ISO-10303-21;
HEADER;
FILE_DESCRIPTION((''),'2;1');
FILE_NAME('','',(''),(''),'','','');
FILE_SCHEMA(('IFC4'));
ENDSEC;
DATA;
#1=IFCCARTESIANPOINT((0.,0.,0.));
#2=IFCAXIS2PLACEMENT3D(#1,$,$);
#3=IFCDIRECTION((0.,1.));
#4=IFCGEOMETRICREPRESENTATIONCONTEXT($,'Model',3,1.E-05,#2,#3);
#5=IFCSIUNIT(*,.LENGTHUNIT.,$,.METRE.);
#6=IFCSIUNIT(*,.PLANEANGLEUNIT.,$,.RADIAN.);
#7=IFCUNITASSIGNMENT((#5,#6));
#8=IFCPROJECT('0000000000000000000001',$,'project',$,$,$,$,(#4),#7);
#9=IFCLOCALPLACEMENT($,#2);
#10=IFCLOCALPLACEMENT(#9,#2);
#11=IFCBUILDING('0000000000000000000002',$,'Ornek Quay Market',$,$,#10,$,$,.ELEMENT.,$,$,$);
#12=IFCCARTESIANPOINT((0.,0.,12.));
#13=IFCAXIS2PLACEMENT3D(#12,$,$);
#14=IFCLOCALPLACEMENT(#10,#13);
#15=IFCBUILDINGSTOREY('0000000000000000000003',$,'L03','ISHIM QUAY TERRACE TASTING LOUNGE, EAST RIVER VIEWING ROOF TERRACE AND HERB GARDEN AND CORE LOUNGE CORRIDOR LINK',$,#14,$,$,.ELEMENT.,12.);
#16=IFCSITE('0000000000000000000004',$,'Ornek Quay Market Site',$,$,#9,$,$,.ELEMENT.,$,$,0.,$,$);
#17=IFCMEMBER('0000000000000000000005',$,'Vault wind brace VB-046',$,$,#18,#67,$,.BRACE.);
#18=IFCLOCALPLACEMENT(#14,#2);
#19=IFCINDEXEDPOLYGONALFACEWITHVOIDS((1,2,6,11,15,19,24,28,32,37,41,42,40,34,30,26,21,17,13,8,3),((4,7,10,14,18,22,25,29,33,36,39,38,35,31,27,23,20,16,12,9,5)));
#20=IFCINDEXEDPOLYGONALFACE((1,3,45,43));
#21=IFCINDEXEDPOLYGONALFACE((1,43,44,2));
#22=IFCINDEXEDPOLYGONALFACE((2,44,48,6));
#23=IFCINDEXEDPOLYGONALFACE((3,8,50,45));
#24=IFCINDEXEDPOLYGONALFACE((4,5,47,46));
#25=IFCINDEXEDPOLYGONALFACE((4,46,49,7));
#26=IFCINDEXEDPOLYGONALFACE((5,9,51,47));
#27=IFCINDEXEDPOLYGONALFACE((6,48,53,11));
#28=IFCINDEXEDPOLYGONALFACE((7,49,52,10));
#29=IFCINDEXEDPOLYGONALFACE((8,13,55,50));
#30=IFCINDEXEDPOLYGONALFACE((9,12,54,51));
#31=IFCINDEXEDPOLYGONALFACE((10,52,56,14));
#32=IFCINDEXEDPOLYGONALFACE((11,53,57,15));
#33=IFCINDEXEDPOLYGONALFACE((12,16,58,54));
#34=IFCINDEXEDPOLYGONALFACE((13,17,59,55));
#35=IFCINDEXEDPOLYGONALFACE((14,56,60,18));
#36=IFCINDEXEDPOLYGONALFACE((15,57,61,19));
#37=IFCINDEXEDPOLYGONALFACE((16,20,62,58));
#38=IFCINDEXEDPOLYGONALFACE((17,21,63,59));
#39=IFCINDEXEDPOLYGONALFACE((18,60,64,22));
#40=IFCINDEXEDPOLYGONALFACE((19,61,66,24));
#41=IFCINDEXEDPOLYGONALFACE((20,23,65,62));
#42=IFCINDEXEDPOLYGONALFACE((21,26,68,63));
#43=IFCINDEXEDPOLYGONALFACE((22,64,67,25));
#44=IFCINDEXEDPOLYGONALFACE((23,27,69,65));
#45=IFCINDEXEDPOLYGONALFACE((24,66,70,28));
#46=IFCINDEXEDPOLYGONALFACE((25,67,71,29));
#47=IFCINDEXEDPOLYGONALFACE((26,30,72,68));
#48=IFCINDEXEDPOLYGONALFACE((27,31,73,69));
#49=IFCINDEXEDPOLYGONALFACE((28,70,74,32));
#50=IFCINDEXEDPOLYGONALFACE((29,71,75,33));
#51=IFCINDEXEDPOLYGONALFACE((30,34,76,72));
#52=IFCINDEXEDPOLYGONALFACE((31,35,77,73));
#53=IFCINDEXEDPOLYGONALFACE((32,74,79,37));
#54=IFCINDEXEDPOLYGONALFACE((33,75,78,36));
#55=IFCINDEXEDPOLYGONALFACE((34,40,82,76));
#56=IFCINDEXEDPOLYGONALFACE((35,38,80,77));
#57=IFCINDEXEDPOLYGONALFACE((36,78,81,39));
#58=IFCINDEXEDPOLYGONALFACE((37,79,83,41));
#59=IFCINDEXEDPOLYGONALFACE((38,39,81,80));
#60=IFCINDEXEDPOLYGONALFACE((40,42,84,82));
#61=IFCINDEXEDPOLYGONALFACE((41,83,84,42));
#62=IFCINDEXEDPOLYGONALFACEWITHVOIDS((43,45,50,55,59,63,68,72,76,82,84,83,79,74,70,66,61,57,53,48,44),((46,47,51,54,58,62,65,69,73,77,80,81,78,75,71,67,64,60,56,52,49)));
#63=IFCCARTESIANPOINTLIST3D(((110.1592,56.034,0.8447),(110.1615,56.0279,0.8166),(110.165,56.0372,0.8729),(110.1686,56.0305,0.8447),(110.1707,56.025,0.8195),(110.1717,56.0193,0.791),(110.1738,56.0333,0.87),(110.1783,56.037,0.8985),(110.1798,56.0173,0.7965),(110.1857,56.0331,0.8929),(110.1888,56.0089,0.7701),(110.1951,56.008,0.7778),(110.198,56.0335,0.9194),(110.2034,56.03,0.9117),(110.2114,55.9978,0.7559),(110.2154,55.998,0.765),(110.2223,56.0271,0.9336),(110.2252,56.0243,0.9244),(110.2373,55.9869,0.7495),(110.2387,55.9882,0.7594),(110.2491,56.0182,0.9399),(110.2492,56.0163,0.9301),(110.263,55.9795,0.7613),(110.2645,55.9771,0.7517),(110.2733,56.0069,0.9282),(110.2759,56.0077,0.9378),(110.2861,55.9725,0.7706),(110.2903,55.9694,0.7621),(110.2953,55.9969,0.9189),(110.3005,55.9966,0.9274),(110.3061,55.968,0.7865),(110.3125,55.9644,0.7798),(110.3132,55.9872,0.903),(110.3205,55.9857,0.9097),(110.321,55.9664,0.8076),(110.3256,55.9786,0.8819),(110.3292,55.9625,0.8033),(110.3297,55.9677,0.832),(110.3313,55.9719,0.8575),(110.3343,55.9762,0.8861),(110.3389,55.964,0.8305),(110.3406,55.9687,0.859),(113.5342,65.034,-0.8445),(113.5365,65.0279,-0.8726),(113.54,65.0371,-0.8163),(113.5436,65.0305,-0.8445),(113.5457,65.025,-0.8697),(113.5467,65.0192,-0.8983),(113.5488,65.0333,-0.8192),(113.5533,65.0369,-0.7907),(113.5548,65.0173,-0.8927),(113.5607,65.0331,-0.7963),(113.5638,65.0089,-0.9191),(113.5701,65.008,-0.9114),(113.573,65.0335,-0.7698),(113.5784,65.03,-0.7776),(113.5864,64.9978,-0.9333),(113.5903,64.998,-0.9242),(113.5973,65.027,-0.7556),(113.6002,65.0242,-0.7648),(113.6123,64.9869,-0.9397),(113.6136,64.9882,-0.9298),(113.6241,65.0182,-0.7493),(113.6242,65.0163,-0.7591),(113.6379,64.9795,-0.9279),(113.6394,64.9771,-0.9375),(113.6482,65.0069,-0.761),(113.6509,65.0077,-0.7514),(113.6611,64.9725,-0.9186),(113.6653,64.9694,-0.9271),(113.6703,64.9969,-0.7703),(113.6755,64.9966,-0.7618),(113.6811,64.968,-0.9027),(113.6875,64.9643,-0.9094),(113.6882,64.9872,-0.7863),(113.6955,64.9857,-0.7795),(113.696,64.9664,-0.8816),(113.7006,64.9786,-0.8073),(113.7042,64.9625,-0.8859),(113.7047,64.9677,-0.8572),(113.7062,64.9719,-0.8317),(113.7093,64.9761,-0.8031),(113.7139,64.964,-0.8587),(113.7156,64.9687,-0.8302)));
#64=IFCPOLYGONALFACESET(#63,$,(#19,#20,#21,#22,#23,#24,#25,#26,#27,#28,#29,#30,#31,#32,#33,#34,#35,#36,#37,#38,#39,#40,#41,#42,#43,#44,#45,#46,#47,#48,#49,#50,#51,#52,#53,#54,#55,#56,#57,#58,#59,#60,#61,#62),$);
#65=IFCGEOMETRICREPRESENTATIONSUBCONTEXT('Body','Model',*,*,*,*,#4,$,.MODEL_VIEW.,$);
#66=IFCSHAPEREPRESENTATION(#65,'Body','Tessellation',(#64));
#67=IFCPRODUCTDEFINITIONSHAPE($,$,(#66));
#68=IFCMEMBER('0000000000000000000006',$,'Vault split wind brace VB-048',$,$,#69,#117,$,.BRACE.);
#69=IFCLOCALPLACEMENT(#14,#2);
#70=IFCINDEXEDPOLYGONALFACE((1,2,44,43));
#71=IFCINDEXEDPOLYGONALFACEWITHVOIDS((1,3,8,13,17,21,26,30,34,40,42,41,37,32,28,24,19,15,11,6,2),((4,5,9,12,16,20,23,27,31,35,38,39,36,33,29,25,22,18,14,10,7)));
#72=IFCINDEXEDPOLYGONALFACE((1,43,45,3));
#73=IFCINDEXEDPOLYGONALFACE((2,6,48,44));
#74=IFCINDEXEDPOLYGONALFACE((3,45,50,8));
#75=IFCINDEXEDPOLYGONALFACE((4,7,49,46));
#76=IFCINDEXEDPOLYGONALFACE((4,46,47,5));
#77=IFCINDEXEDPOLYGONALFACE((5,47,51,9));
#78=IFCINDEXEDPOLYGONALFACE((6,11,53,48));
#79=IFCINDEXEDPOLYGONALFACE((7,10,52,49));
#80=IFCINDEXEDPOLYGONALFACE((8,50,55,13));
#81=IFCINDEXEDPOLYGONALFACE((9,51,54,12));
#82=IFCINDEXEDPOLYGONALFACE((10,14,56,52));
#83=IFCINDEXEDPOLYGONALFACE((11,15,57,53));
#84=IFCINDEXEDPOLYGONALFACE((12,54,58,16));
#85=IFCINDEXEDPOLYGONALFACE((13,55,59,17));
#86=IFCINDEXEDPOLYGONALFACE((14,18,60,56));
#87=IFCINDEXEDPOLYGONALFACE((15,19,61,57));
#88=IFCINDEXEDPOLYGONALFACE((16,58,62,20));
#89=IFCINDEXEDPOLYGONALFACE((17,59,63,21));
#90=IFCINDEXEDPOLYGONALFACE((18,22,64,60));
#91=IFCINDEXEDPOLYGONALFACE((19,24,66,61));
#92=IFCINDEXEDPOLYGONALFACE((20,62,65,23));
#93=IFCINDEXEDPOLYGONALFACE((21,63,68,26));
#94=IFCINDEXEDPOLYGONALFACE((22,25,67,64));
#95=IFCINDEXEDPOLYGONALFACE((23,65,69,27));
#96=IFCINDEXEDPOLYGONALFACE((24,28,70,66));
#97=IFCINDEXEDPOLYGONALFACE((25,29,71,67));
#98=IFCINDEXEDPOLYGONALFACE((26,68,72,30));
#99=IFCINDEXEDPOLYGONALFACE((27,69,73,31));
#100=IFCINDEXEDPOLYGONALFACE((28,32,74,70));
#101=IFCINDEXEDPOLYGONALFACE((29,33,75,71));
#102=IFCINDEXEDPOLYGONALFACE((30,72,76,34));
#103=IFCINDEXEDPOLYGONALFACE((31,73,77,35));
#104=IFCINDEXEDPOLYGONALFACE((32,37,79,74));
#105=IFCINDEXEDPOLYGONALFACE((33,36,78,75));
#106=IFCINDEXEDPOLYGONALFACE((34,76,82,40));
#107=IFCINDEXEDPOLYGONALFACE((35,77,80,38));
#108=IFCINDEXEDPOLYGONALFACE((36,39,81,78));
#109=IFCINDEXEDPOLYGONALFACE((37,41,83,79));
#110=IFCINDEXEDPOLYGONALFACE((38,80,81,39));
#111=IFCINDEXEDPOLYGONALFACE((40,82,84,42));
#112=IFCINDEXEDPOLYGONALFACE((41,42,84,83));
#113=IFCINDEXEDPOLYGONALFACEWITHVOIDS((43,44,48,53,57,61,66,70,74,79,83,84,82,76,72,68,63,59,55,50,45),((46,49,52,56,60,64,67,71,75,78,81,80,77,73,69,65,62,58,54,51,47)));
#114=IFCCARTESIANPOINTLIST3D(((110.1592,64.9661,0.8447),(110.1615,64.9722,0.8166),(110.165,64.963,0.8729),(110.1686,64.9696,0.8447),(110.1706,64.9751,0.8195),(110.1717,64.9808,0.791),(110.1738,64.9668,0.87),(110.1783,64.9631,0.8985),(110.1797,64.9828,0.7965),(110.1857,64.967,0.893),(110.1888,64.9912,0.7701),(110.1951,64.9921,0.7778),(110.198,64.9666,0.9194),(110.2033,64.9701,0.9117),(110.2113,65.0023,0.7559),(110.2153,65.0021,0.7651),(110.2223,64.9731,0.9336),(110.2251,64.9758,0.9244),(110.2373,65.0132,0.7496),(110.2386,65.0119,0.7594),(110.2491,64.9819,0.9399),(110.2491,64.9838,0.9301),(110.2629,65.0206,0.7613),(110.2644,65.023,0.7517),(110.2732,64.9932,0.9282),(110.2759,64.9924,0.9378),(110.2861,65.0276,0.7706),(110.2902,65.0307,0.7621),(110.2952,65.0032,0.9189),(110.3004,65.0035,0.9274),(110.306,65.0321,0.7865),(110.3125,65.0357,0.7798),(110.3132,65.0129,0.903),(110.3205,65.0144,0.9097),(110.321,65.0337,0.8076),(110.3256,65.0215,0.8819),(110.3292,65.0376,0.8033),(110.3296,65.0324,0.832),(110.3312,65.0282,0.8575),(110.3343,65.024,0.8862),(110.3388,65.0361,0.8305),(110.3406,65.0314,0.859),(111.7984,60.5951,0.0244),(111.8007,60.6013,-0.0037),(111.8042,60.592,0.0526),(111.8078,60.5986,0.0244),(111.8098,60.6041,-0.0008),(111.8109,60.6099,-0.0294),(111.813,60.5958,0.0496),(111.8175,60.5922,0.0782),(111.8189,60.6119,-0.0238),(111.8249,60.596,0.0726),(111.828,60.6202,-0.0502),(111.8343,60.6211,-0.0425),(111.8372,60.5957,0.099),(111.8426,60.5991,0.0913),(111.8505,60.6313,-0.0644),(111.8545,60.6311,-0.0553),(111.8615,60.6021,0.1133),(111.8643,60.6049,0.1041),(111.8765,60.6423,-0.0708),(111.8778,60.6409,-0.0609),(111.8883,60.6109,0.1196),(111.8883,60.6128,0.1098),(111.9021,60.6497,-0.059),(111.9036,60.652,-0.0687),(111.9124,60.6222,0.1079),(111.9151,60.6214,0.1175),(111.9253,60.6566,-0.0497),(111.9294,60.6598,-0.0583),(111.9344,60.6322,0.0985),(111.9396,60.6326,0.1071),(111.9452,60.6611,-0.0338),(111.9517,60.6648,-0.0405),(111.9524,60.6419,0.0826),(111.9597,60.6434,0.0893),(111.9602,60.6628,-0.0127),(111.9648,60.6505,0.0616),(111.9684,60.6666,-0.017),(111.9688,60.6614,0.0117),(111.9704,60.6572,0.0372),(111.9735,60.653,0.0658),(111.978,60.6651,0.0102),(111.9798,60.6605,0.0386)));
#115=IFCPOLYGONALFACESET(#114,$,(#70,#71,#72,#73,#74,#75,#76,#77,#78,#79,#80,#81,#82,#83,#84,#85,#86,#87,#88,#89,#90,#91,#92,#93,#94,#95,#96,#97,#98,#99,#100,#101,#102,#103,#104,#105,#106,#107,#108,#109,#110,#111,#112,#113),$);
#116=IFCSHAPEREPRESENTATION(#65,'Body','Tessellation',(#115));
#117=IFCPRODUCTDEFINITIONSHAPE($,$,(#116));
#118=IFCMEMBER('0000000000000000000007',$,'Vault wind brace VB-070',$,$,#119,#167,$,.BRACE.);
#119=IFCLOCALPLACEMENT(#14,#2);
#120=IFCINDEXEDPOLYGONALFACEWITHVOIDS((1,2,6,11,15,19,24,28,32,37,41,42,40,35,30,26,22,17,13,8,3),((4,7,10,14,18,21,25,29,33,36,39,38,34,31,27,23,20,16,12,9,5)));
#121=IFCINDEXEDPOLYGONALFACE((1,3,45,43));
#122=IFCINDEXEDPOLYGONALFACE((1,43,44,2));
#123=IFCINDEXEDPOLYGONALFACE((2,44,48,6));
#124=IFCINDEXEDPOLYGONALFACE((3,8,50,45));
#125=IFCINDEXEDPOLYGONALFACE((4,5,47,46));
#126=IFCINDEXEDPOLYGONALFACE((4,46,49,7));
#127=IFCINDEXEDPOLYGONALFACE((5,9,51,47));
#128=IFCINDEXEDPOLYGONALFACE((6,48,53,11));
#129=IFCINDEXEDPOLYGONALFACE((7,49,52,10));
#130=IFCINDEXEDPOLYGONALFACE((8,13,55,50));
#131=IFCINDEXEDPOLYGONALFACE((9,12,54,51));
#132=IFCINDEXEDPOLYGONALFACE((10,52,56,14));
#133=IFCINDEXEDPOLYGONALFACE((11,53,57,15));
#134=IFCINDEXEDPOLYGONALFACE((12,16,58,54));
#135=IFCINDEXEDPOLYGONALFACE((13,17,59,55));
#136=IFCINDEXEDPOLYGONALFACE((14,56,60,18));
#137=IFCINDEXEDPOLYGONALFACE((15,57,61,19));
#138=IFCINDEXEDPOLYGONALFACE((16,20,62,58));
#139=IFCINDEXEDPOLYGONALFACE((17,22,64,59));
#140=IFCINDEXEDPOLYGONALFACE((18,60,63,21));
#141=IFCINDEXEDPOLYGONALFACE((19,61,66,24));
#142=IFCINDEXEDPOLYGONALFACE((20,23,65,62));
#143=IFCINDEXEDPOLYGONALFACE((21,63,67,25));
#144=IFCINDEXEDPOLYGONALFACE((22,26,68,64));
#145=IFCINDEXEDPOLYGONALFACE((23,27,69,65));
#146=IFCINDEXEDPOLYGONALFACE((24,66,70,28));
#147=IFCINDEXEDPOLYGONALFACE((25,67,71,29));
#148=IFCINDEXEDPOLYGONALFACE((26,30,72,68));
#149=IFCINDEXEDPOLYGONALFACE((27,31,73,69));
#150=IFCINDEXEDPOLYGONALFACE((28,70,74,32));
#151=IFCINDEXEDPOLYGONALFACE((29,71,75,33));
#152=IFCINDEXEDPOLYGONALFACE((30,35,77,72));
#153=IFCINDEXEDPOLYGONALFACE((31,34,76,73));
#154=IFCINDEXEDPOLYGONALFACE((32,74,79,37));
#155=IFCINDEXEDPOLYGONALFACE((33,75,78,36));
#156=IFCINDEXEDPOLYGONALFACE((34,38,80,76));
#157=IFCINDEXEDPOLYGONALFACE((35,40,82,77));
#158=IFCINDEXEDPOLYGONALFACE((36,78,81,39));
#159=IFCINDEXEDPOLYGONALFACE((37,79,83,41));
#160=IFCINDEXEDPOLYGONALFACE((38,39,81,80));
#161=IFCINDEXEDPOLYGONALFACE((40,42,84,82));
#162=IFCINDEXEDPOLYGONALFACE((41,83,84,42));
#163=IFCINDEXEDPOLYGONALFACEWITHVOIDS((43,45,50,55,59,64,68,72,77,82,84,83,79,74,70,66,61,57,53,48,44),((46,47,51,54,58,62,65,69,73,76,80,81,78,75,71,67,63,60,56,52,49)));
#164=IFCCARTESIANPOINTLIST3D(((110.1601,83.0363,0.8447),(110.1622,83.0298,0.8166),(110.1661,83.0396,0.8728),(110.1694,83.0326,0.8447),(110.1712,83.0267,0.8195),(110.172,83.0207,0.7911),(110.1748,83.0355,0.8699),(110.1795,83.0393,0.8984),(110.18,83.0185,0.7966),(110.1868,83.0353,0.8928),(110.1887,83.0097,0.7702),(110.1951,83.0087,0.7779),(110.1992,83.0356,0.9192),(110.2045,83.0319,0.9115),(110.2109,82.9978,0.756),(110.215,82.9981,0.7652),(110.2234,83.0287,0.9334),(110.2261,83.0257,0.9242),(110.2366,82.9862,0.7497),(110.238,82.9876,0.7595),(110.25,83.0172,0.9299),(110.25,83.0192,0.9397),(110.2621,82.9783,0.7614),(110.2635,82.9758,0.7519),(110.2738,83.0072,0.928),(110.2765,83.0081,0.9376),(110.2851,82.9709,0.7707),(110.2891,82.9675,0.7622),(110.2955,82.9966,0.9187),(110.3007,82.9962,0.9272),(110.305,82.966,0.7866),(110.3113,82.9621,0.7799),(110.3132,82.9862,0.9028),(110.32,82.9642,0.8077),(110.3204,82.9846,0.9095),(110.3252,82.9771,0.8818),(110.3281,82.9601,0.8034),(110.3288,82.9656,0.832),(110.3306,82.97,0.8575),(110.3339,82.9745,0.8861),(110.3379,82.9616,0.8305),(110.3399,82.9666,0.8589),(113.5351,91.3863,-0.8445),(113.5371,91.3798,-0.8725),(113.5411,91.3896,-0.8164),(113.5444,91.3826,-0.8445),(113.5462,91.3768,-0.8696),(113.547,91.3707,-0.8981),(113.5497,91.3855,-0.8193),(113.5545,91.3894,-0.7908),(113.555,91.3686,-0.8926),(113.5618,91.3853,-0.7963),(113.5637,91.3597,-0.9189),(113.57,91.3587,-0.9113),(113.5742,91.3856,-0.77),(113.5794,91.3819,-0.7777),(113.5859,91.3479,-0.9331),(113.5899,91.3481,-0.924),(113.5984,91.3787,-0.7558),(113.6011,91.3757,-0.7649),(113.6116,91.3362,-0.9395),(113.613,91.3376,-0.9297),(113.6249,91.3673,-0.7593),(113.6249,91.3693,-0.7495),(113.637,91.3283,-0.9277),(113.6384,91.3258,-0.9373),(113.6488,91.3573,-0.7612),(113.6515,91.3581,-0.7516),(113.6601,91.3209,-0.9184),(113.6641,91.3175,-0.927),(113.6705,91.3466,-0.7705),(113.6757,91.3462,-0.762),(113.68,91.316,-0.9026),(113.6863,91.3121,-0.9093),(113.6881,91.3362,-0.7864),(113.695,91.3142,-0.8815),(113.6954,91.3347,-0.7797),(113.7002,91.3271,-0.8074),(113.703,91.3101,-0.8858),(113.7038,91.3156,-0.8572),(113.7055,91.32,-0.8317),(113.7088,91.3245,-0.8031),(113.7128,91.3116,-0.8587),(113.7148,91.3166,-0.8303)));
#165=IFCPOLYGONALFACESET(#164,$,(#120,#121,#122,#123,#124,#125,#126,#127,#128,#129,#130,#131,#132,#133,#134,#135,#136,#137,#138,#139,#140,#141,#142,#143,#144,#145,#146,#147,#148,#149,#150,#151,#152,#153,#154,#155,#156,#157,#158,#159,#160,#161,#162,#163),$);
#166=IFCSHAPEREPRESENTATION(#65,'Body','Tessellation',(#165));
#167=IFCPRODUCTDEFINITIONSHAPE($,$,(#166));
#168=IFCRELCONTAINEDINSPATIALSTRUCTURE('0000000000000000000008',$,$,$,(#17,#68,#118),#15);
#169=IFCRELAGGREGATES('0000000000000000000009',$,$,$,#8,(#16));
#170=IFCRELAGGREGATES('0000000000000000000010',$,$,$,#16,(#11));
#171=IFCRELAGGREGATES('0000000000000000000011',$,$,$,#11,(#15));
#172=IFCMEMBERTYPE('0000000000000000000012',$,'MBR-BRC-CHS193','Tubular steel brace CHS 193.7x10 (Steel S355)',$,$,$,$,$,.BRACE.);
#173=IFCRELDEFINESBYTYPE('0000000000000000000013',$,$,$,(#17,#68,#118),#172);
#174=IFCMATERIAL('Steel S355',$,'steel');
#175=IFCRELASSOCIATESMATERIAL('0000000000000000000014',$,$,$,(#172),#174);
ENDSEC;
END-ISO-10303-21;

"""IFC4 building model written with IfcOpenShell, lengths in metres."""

from ifc_helpers import new_model, si_unit, direction, frame, origin, origin_2d, place, context, subcontext, project, spatial, hollow_circle, extrude, material, material_profile, profile_set, type_object, element, save


model = new_model("IFC4")

# Units and contexts
model_context = context("Model", 3, precision=1e-05, world=origin(), true_north=direction((0.0, 1.0)))
body_context = subcontext(model_context, "Body", "Model", "MODEL_VIEW")
ifc_project = project(units=[si_unit("LENGTHUNIT", "METRE"), si_unit("PLANEANGLEUNIT", "RADIAN")], contexts=[model_context])

# Site, building, storey
site_placement = place(None, origin())
site = spatial("IfcSite", under=ifc_project, at=site_placement, Name="Ornek Quay Market Site", CompositionType="ELEMENT", RefElevation=0.0)
building_placement = place(site_placement, origin())
building = spatial("IfcBuilding", under=site, at=building_placement, Name="Ornek Quay Market", CompositionType="ELEMENT")
storey_placement = place(building_placement, frame((0.0, 0.0, 12.0)))
storey = spatial("IfcBuildingStorey", under=building, at=storey_placement, Name="L03", Description="ISHIM QUAY TERRACE TASTING LOUNGE, EAST RIVER VIEWING ROOF TERRACE AND HERB GARDEN AND CORE LOUNGE CORRIDOR LINK", CompositionType="ELEMENT", Elevation=12.0)

# Shared definitions
ifc_material_1 = material(Name="Steel S355", Category="steel")

# Members
ifc_material_profile_1 = material_profile(ifc_material_1, hollow_circle(Radius=0.0969, WallThickness=0.01, at=origin_2d()), Name="CHS 193.7x10", Category="steel")
ifc_profile_set_1 = profile_set([ifc_material_profile_1], Name="Steel S355")
member_type = type_object("IfcMemberType", Name="MBR-BRC-CHS193", Description="Tubular steel brace CHS 193.7x10 (Steel S355)", PredefinedType="BRACE", material=ifc_profile_set_1)
member_1_placement = place(storey_placement, frame((110.25, 56.0, 0.8447), z_axis=(0.345824, 0.922197, -0.173087), x_axis=(-0.936329, 0.351123, 0.0)))
element("IfcMember", 1, at=member_1_placement, inside=storey, type_object=member_type, Name="Vault wind brace VB-046", PredefinedType="BRACE", context=body_context, shape_type="SweptSolid", body=[
    extrude(hollow_circle(Radius=0.0969, WallThickness=0.01, at=origin_2d()), origin(), (0.0, 0.0, 1.0), 9.7593),
])
member_2_placement = place(storey_placement, frame((111.8892, 60.6292, 0.0244), z_axis=(-0.345841, 0.922192, 0.173075), x_axis=(-0.936323, -0.351141, 0.0)))
element("IfcMember", 2, at=member_2_placement, inside=storey, type_object=member_type, Name="Vault split wind brace VB-048", PredefinedType="BRACE", context=body_context, shape_type="SweptSolid", body=[
    extrude(hollow_circle(Radius=0.0969, WallThickness=0.01, at=origin_2d()), origin(), (0.0, 0.0, 1.0), 4.7397),
])
member_3_placement = place(storey_placement, frame((110.25, 83.0, 0.8447), z_axis=(0.368312, 0.911243, -0.184343), x_axis=(-0.927132, 0.374735, 0.0)))
element("IfcMember", 3, at=member_3_placement, inside=storey, type_object=member_type, Name="Vault wind brace VB-070", PredefinedType="BRACE", context=body_context, shape_type="SweptSolid", body=[
    extrude(hollow_circle(Radius=0.0969, WallThickness=0.01, at=origin_2d()), origin(), (0.0, 0.0, 1.0), 9.1633),
])

save(model, "model.ifc")
